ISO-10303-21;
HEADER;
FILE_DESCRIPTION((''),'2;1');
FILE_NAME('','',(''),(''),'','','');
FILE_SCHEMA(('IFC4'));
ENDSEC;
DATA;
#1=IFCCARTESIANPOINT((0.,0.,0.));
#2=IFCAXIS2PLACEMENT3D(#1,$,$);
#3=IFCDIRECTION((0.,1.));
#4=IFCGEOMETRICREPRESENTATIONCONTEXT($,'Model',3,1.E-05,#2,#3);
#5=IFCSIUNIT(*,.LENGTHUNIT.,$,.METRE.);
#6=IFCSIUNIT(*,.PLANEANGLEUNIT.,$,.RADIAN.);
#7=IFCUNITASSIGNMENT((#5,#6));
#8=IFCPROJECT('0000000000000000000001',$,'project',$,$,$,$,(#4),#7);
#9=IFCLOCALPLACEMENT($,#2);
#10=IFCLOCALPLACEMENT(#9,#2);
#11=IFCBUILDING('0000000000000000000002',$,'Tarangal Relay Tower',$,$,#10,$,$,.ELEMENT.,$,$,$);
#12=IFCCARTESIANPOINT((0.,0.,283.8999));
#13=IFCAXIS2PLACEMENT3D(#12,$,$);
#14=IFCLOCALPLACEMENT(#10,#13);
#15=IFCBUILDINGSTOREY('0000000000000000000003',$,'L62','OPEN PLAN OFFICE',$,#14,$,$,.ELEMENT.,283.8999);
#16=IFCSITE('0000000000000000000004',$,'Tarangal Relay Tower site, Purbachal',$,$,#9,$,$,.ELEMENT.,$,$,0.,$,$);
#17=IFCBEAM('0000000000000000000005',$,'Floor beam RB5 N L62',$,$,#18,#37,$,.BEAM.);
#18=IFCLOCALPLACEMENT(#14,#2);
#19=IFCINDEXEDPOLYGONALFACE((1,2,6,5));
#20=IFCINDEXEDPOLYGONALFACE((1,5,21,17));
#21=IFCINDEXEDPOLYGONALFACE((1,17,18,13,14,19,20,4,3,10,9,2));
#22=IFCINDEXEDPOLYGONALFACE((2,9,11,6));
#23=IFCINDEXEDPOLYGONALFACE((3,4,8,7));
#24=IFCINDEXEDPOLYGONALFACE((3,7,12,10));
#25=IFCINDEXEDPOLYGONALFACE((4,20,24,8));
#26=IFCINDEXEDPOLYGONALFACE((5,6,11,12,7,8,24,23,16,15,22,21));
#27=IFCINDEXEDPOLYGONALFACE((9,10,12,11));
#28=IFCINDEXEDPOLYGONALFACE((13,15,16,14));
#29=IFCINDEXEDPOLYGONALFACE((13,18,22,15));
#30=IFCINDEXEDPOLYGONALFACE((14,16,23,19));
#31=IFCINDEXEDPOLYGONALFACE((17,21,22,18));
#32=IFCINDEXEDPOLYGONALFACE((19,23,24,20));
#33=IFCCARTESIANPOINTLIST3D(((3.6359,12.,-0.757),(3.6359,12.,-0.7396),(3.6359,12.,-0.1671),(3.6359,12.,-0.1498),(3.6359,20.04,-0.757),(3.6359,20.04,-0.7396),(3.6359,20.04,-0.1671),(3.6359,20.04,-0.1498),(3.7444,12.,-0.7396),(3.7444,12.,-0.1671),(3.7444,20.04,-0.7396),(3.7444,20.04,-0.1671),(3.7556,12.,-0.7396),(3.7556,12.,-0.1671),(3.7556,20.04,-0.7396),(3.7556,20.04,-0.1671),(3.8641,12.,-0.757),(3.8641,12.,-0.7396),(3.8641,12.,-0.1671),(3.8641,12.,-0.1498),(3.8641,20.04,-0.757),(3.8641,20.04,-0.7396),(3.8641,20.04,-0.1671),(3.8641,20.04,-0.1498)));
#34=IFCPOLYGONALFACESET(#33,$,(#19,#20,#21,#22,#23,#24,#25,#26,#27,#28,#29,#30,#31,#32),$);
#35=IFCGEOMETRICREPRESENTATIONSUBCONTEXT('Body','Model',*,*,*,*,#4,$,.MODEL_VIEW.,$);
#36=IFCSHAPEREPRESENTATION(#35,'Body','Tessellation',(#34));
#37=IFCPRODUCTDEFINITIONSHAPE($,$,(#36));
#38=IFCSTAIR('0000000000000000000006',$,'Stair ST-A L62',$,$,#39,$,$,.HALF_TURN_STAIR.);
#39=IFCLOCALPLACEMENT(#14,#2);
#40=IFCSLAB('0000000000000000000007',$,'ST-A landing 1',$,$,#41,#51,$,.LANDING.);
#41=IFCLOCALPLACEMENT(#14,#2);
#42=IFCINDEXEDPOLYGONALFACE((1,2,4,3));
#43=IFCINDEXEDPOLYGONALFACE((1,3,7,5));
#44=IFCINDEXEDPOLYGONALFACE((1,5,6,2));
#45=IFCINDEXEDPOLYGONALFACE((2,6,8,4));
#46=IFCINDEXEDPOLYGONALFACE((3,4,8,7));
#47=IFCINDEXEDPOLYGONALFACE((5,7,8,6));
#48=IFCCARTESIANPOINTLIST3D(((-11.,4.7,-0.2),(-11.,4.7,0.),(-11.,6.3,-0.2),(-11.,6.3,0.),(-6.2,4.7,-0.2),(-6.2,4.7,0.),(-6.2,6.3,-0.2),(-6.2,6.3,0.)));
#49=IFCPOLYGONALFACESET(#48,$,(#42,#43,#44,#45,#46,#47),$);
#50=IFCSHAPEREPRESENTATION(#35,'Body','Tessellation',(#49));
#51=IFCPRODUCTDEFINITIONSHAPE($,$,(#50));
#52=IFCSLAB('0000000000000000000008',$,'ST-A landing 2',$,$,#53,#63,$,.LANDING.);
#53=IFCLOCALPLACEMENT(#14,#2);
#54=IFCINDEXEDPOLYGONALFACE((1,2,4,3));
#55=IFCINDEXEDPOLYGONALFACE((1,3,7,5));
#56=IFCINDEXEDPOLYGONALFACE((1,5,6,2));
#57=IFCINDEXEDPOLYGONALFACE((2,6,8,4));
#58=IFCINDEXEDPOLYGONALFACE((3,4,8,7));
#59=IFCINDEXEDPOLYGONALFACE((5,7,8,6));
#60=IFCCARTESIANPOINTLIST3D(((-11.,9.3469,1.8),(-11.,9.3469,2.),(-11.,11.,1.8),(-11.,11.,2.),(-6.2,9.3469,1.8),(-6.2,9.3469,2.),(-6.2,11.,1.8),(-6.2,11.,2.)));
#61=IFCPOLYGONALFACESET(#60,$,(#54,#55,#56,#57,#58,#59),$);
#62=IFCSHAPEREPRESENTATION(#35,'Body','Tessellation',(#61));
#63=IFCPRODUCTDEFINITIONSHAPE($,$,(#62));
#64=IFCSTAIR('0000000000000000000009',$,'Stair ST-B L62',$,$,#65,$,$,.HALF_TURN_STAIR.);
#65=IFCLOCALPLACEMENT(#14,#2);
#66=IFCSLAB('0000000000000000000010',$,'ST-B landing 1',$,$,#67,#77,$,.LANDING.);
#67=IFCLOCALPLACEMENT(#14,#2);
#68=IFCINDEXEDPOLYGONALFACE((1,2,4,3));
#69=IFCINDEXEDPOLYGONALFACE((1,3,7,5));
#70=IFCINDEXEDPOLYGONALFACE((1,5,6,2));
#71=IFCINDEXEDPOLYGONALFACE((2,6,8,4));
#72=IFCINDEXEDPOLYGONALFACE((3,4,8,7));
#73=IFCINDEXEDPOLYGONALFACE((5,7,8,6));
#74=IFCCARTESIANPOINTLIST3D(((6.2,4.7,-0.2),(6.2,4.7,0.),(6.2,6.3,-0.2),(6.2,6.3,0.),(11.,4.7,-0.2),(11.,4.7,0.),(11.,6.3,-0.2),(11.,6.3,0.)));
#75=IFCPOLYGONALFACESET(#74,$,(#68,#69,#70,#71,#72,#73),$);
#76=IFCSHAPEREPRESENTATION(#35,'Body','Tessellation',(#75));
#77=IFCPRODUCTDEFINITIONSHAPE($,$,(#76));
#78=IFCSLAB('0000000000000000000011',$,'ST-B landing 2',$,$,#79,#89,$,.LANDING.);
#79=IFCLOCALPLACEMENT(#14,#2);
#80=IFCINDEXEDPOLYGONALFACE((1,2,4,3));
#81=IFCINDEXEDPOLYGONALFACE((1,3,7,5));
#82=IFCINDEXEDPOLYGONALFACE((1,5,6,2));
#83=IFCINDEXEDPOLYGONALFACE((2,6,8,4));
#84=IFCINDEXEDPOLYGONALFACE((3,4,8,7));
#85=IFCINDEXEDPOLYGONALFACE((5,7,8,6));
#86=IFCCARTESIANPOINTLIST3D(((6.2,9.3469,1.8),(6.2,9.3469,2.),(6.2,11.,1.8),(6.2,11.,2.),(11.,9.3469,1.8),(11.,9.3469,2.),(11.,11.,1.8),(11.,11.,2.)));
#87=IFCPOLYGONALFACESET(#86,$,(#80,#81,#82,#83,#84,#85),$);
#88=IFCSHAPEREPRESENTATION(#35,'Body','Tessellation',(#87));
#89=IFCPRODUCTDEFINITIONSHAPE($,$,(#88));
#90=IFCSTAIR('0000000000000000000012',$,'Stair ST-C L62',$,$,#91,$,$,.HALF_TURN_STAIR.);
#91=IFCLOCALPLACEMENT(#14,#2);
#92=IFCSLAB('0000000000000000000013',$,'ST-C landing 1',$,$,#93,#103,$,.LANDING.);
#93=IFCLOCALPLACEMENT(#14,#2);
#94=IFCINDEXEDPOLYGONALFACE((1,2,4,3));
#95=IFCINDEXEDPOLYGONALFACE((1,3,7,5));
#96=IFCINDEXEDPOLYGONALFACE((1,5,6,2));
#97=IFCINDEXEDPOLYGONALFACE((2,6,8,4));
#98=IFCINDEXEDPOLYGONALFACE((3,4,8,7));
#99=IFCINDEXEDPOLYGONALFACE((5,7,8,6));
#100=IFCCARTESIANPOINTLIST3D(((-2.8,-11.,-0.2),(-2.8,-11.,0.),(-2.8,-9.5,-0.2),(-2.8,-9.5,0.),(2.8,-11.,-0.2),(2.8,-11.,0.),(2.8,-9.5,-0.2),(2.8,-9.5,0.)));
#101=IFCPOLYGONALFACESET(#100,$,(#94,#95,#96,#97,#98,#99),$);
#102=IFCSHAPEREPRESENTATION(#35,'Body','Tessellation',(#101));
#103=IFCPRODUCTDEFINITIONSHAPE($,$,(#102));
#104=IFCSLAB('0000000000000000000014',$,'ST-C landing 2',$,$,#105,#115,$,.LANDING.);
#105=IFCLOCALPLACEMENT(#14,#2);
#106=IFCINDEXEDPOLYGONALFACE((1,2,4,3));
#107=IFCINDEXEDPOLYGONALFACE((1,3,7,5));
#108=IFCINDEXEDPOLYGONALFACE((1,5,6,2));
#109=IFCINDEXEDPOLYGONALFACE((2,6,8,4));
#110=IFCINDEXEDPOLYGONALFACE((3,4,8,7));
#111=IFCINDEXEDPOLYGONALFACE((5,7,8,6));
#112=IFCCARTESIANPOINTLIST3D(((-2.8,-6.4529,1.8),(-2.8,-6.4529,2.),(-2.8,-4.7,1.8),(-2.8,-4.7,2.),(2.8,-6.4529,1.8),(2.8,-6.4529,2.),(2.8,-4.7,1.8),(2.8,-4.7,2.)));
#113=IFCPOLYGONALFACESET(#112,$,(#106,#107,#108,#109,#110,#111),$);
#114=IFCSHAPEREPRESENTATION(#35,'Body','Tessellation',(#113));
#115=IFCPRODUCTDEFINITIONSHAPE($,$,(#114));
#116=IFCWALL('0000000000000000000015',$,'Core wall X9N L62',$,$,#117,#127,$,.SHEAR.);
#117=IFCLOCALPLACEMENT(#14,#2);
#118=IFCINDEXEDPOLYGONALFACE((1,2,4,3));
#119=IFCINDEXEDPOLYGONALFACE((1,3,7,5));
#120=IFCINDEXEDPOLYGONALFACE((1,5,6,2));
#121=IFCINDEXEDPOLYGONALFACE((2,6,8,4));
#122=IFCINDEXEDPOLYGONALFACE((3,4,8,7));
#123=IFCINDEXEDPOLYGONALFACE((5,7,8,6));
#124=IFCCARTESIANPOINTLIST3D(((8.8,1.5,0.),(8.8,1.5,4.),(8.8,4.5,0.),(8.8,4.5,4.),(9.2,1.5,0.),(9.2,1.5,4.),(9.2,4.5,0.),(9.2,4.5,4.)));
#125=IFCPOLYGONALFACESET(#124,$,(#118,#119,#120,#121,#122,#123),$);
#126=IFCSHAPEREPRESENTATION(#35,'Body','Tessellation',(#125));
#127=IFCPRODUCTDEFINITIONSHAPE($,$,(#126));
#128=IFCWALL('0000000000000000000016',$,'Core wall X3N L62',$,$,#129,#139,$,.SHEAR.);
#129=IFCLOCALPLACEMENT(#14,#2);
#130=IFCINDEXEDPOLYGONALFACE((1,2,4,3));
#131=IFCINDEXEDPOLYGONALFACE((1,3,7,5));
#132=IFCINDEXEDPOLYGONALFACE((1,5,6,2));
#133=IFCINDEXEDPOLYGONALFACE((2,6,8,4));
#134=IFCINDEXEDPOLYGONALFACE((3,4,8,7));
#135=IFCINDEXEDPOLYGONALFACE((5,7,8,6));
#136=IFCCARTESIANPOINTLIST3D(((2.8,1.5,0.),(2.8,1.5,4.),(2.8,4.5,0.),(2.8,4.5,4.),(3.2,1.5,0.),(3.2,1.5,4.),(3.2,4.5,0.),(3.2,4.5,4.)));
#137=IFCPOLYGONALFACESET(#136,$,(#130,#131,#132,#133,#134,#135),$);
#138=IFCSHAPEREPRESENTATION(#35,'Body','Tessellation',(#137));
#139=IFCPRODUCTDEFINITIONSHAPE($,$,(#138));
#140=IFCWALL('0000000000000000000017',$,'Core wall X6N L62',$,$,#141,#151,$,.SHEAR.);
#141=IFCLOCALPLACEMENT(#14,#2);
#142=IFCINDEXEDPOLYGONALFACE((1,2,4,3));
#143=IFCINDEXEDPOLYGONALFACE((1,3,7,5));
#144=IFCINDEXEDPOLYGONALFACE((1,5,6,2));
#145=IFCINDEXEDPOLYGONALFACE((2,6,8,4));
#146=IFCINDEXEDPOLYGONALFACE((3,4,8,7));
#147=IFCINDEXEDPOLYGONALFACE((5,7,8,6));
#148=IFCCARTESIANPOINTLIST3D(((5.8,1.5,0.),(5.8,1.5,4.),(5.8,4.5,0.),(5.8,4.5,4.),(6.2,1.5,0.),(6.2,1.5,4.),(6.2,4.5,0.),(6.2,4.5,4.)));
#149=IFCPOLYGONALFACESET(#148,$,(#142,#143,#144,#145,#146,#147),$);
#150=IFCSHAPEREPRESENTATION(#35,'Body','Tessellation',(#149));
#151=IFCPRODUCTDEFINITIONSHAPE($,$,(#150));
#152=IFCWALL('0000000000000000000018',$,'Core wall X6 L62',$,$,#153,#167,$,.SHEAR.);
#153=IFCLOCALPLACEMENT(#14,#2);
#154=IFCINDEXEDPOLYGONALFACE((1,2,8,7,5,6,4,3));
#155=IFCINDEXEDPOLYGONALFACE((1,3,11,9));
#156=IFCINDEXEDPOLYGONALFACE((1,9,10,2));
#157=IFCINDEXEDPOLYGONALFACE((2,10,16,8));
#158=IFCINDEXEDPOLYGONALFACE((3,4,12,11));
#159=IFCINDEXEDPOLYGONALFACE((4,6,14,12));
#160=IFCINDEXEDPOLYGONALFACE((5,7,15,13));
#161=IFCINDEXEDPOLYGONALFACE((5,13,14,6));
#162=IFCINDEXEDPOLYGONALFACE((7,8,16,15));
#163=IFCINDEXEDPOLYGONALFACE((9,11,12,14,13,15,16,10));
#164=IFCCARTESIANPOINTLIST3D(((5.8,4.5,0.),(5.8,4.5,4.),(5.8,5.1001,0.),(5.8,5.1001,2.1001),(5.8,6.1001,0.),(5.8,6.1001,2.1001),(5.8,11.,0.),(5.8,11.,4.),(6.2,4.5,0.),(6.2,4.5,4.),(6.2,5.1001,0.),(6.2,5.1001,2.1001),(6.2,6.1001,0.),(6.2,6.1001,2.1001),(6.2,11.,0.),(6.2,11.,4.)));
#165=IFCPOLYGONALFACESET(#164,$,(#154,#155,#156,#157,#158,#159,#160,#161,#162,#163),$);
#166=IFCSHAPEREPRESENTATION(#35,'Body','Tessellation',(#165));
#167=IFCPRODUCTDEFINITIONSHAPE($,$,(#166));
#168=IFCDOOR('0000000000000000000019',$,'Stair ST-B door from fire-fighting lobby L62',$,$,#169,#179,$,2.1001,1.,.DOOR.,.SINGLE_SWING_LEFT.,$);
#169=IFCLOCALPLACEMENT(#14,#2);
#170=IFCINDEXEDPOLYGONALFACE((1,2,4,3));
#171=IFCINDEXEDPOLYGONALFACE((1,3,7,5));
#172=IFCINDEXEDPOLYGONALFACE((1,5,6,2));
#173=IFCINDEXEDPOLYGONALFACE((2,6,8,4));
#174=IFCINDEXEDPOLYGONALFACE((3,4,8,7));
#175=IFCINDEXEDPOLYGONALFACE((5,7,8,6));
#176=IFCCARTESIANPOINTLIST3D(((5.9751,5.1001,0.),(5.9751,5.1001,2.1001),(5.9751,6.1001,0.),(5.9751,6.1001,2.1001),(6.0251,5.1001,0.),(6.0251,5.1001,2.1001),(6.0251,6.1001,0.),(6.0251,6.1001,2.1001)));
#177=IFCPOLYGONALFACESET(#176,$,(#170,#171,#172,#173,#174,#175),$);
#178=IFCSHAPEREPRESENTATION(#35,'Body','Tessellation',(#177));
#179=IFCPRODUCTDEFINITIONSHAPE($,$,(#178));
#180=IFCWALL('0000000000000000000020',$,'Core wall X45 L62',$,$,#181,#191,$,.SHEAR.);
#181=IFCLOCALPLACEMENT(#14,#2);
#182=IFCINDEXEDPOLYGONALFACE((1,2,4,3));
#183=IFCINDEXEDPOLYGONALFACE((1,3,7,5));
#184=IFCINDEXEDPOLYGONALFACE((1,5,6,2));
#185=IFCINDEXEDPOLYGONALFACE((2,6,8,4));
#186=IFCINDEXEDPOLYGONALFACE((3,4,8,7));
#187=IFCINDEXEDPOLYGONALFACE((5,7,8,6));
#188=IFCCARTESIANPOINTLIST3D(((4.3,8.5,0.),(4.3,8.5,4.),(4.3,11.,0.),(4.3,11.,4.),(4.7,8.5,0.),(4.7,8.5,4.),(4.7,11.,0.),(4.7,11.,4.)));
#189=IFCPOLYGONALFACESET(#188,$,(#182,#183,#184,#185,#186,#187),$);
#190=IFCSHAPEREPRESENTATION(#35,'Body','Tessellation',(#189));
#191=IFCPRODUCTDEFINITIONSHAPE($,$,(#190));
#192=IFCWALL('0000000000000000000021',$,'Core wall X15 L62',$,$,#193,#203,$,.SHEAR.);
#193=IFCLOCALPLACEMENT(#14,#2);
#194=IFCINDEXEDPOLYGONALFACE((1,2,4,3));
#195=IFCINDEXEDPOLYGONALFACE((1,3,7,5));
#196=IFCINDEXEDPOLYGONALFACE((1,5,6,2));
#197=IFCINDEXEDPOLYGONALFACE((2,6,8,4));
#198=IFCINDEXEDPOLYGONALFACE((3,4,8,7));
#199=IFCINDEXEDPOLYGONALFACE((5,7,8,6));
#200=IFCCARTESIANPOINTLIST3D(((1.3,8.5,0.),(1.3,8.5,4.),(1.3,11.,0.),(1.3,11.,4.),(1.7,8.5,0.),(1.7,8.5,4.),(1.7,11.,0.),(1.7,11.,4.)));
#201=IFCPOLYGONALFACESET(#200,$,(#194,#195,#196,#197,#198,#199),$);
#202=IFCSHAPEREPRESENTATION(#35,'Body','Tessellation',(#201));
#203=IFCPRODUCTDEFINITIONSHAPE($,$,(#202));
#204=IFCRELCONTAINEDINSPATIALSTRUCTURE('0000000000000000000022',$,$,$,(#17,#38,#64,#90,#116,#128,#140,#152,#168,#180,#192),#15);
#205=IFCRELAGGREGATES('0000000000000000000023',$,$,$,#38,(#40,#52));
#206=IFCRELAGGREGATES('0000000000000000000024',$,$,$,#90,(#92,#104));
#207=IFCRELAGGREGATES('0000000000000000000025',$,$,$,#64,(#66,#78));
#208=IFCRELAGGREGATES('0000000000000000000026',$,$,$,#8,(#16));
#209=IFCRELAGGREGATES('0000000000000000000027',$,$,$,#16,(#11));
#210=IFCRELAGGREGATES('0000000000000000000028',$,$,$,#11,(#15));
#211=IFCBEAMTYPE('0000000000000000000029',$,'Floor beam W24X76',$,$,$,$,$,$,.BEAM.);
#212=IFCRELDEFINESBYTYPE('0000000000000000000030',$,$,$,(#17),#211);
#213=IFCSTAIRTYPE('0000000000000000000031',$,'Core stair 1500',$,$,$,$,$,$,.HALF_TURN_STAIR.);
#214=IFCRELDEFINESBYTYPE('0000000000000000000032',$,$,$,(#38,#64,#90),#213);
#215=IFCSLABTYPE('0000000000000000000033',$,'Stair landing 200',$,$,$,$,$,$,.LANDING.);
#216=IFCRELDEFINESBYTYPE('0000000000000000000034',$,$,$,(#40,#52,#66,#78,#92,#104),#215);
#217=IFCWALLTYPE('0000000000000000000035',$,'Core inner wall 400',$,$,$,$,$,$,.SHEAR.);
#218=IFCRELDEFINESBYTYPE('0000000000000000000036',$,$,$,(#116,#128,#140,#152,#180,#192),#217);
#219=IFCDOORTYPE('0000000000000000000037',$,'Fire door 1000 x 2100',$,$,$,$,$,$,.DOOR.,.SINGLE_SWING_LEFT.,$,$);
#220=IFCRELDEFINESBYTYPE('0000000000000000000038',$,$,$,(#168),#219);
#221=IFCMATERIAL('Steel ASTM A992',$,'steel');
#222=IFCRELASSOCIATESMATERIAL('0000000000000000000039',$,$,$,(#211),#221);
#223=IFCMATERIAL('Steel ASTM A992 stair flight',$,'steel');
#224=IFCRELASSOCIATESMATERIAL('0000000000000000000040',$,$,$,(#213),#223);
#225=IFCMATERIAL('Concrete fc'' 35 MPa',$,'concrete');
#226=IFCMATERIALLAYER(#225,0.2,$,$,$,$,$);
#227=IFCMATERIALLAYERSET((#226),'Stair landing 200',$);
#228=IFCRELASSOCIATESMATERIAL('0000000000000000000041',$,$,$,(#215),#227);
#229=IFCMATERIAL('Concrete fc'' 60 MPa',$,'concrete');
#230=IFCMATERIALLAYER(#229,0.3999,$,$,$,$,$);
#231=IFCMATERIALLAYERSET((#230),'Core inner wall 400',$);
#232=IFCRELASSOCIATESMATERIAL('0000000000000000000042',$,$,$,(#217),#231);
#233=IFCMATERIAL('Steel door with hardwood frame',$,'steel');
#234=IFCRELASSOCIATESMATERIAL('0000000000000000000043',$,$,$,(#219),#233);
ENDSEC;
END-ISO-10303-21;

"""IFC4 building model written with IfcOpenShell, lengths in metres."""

from ifc_helpers import new_model, si_unit, direction, frame, frame_2d, origin, origin_2d, place, context, subcontext, project, spatial, polyline, rectangle, i_section, outline, extrude, material, layer, layer_set, material_profile, profile_set, type_object, element, fill, aggregate, save


model = new_model("IFC4")

# Units and contexts
model_context = context("Model", 3, precision=1e-05, world=origin(), true_north=direction((0.0, 1.0)))
body_context = subcontext(model_context, "Body", "Model", "MODEL_VIEW")
ifc_project = project(units=[si_unit("LENGTHUNIT", "METRE"), si_unit("PLANEANGLEUNIT", "RADIAN")], contexts=[model_context])

# Site, building, storey
site_placement = place(None, origin())
site = spatial("IfcSite", under=ifc_project, at=site_placement, Name="Tarangal Relay Tower site, Purbachal", CompositionType="ELEMENT", RefElevation=0.0)
building_placement = place(site_placement, origin())
building = spatial("IfcBuilding", under=site, at=building_placement, Name="Tarangal Relay Tower", CompositionType="ELEMENT")
storey_placement = place(building_placement, frame((0.0, 0.0, 283.8999)))
storey = spatial("IfcBuildingStorey", under=building, at=storey_placement, Name="L62", Description="OPEN PLAN OFFICE", CompositionType="ELEMENT", Elevation=283.8999)

# Beam
ifc_material_1 = material(Name="Steel ASTM A992", Category="steel")
ifc_material_profile = material_profile(ifc_material_1, i_section(OverallWidth=0.2283, OverallDepth=0.6072, WebThickness=0.0112, FlangeThickness=0.0173, at=origin_2d()), Name="W24X76")
ifc_profile_set = profile_set([ifc_material_profile], Name="Steel ASTM A992")
beam_type = type_object("IfcBeamType", Name="Floor beam W24X76", PredefinedType="BEAM", material=ifc_profile_set)
beam_placement = place(storey_placement, frame((3.75, 12.0, -0.4534), z_axis=(0.0, 1.0, 0.0), x_axis=(-1.0, 0.0, 0.0)))
element("IfcBeam", 1, at=beam_placement, inside=storey, type_object=beam_type, Name="Floor beam RB5 N L62", PredefinedType="BEAM", context=body_context, shape_type="SweptSolid", body=[
    extrude(i_section(OverallWidth=0.2283, OverallDepth=0.6072, WebThickness=0.0112, FlangeThickness=0.0173, at=origin_2d()), origin(), (0.0, 0.0, 1.0), 8.04),
])

# Stairs, slabs
ifc_material_2 = material(Name="Steel ASTM A992 stair flight", Category="steel")
stair_type = type_object("IfcStairType", Name="Core stair 1500", PredefinedType="HALF_TURN_STAIR", material=ifc_material_2)
stair_1_placement = place(storey_placement, origin())
stair_1 = element("IfcStair", 2, at=stair_1_placement, inside=storey, type_object=stair_type, Name="Stair ST-A L62", PredefinedType="HALF_TURN_STAIR")
ifc_material_3 = material(Name="Concrete fc' 35 MPa", Category="concrete")
ifc_layer_1 = layer(ifc_material_3, 0.2)
ifc_layer_set_1 = layer_set([ifc_layer_1], Name="Stair landing 200")
slab_type = type_object("IfcSlabType", Name="Stair landing 200", PredefinedType="LANDING", material=ifc_layer_set_1)
slab_1_placement = place(storey_placement, frame((0.0, 0.0, -0.2)))
slab_1 = element("IfcSlab", 3, at=slab_1_placement, type_object=slab_type, Name="ST-A landing 1", PredefinedType="LANDING", context=body_context, shape_type="SweptSolid", body=[
    extrude(outline(polyline([(-11.0, 4.7), (-6.2, 4.7), (-6.2, 6.3), (-11.0, 6.3), (-11.0, 4.7)])), origin(), (0.0, 0.0, 1.0), 0.2),
])
slab_2_placement = place(storey_placement, frame((0.0, 0.0, 1.8)))
slab_2 = element("IfcSlab", 4, at=slab_2_placement, type_object=slab_type, Name="ST-A landing 2", PredefinedType="LANDING", context=body_context, shape_type="SweptSolid", body=[
    extrude(outline(polyline([(-11.0, 9.3469), (-6.2, 9.3469), (-6.2, 11.0), (-11.0, 11.0), (-11.0, 9.3469)])), origin(), (0.0, 0.0, 1.0), 0.2),
])
aggregate(stair_1, [slab_1, slab_2])
stair_2_placement = place(storey_placement, origin())
stair_2 = element("IfcStair", 5, at=stair_2_placement, inside=storey, type_object=stair_type, Name="Stair ST-B L62", PredefinedType="HALF_TURN_STAIR")
slab_3_placement = place(storey_placement, frame((0.0, 0.0, -0.2)))
slab_3 = element("IfcSlab", 6, at=slab_3_placement, type_object=slab_type, Name="ST-B landing 1", PredefinedType="LANDING", context=body_context, shape_type="SweptSolid", body=[
    extrude(outline(polyline([(6.2, 4.7), (11.0, 4.7), (11.0, 6.3), (6.2, 6.3), (6.2, 4.7)])), origin(), (0.0, 0.0, 1.0), 0.2),
])
slab_4_placement = place(storey_placement, frame((0.0, 0.0, 1.8)))
slab_4 = element("IfcSlab", 7, at=slab_4_placement, type_object=slab_type, Name="ST-B landing 2", PredefinedType="LANDING", context=body_context, shape_type="SweptSolid", body=[
    extrude(outline(polyline([(6.2, 9.3469), (11.0, 9.3469), (11.0, 11.0), (6.2, 11.0), (6.2, 9.3469)])), origin(), (0.0, 0.0, 1.0), 0.2),
])
stair_3_placement = place(storey_placement, origin())
stair_3 = element("IfcStair", 8, at=stair_3_placement, inside=storey, type_object=stair_type, Name="Stair ST-C L62", PredefinedType="HALF_TURN_STAIR")
slab_5_placement = place(storey_placement, frame((0.0, 0.0, -0.2)))
slab_5 = element("IfcSlab", 9, at=slab_5_placement, type_object=slab_type, Name="ST-C landing 1", PredefinedType="LANDING", context=body_context, shape_type="SweptSolid", body=[
    extrude(outline(polyline([(-2.8, -11.0), (2.8, -11.0), (2.8, -9.5), (-2.8, -9.5), (-2.8, -11.0)])), origin(), (0.0, 0.0, 1.0), 0.2),
])
slab_6_placement = place(storey_placement, frame((0.0, 0.0, 1.8)))
slab_6 = element("IfcSlab", 10, at=slab_6_placement, type_object=slab_type, Name="ST-C landing 2", PredefinedType="LANDING", context=body_context, shape_type="SweptSolid", body=[
    extrude(outline(polyline([(-2.8, -6.4529), (2.8, -6.4529), (2.8, -4.7), (-2.8, -4.7), (-2.8, -6.4529)])), origin(), (0.0, 0.0, 1.0), 0.2),
])
aggregate(stair_3, [slab_5, slab_6])

# Walls
ifc_material_4 = material(Name="Concrete fc' 60 MPa", Category="concrete")
ifc_layer_2 = layer(ifc_material_4, 0.3999)
ifc_layer_set_2 = layer_set([ifc_layer_2], Name="Core inner wall 400")
wall_type = type_object("IfcWallType", Name="Core inner wall 400", PredefinedType="SHEAR", material=ifc_layer_set_2)
for number, where, z_axis, x_axis, name in (
    (11, (9.0, 1.5, 0.0), (0.0, 0.0, 1.0), (0.0, 1.0, 0.0), "Core wall X9N L62"),
    (12, (3.0, 1.5, 0.0), (0.0, 0.0, 1.0), (0.0, 1.0, 0.0), "Core wall X3N L62"),
    (13, (6.0, 1.5, 0.0), (0.0, 0.0, 1.0), (0.0, 1.0, 0.0), "Core wall X6N L62"),
):
    element("IfcWall", number, at=place(storey_placement, frame(where, z_axis=z_axis, x_axis=x_axis)), inside=storey, type_object=wall_type, Name=name, PredefinedType="SHEAR", context=body_context, shape_type="SweptSolid", body=[
        extrude(rectangle(XDim=3.0, YDim=0.3999, at=frame_2d((1.5, 0.0))), origin(), (0.0, 0.0, 1.0), 4.0),
    ])

# Wall, opening, door
wall_placement = place(storey_placement, frame((6.0, 4.5, 0.0), z_axis=(0.0, 0.0, 1.0), x_axis=(0.0, 1.0, 0.0)))
wall = element("IfcWall", 14, at=wall_placement, inside=storey, type_object=wall_type, Name="Core wall X6 L62", PredefinedType="SHEAR", context=body_context, shape_type="SweptSolid", body=[
    extrude(rectangle(XDim=6.5, YDim=0.3999, at=frame_2d((3.25, 0.0))), origin(), (0.0, 0.0, 1.0), 4.0),
])
opening_placement = place(wall_placement, frame((0.6001, 0.0, 0.0)))
opening = element("IfcOpeningElement", 15, at=opening_placement, cuts=wall, PredefinedType="OPENING", context=body_context, shape_type="SweptSolid", body=[
    extrude(rectangle(XDim=1.0, YDim=2.1001, at=frame_2d((0.5, 1.05))), frame((0.0, 0.21, 0.0), z_axis=(0.0, -1.0, 0.0), x_axis=(1.0, 0.0, 0.0)), (0.0, 0.0, 1.0), 0.4199),
])
ifc_material_5 = material(Name="Steel door with hardwood frame", Category="steel")
door_type = type_object("IfcDoorType", Name="Fire door 1000 x 2100", OperationType="SINGLE_SWING_LEFT", PredefinedType="DOOR", material=ifc_material_5)
door_placement = place(opening_placement, origin())
door = element("IfcDoor", 16, at=door_placement, inside=storey, type_object=door_type, Name="Stair ST-B door from fire-fighting lobby L62", OperationType="SINGLE_SWING_LEFT", OverallHeight=2.1001, OverallWidth=1.0, PredefinedType="DOOR", context=body_context, shape_type="SweptSolid", body=[
    extrude(rectangle(XDim=1.0, YDim=2.1001, at=frame_2d((0.5, 1.05))), frame((0.0, 0.0249, 0.0), z_axis=(0.0, -1.0, 0.0), x_axis=(1.0, 0.0, 0.0)), (0.0, 0.0, 1.0), 0.05),
])
fill(opening, door)

# Walls
for number, where, z_axis, x_axis, name in (
    (17, (4.5, 8.5, 0.0), (0.0, 0.0, 1.0), (0.0, 1.0, 0.0), "Core wall X45 L62"),
    (18, (1.5, 8.5, 0.0), (0.0, 0.0, 1.0), (0.0, 1.0, 0.0), "Core wall X15 L62"),
):
    element("IfcWall", number, at=place(storey_placement, frame(where, z_axis=z_axis, x_axis=x_axis)), inside=storey, type_object=wall_type, Name=name, PredefinedType="SHEAR", context=body_context, shape_type="SweptSolid", body=[
        extrude(rectangle(XDim=2.5, YDim=0.3999, at=frame_2d((1.25, 0.0))), origin(), (0.0, 0.0, 1.0), 4.0),
    ])

aggregate(stair_2, [slab_3, slab_4])

save(model, "model.ifc")
